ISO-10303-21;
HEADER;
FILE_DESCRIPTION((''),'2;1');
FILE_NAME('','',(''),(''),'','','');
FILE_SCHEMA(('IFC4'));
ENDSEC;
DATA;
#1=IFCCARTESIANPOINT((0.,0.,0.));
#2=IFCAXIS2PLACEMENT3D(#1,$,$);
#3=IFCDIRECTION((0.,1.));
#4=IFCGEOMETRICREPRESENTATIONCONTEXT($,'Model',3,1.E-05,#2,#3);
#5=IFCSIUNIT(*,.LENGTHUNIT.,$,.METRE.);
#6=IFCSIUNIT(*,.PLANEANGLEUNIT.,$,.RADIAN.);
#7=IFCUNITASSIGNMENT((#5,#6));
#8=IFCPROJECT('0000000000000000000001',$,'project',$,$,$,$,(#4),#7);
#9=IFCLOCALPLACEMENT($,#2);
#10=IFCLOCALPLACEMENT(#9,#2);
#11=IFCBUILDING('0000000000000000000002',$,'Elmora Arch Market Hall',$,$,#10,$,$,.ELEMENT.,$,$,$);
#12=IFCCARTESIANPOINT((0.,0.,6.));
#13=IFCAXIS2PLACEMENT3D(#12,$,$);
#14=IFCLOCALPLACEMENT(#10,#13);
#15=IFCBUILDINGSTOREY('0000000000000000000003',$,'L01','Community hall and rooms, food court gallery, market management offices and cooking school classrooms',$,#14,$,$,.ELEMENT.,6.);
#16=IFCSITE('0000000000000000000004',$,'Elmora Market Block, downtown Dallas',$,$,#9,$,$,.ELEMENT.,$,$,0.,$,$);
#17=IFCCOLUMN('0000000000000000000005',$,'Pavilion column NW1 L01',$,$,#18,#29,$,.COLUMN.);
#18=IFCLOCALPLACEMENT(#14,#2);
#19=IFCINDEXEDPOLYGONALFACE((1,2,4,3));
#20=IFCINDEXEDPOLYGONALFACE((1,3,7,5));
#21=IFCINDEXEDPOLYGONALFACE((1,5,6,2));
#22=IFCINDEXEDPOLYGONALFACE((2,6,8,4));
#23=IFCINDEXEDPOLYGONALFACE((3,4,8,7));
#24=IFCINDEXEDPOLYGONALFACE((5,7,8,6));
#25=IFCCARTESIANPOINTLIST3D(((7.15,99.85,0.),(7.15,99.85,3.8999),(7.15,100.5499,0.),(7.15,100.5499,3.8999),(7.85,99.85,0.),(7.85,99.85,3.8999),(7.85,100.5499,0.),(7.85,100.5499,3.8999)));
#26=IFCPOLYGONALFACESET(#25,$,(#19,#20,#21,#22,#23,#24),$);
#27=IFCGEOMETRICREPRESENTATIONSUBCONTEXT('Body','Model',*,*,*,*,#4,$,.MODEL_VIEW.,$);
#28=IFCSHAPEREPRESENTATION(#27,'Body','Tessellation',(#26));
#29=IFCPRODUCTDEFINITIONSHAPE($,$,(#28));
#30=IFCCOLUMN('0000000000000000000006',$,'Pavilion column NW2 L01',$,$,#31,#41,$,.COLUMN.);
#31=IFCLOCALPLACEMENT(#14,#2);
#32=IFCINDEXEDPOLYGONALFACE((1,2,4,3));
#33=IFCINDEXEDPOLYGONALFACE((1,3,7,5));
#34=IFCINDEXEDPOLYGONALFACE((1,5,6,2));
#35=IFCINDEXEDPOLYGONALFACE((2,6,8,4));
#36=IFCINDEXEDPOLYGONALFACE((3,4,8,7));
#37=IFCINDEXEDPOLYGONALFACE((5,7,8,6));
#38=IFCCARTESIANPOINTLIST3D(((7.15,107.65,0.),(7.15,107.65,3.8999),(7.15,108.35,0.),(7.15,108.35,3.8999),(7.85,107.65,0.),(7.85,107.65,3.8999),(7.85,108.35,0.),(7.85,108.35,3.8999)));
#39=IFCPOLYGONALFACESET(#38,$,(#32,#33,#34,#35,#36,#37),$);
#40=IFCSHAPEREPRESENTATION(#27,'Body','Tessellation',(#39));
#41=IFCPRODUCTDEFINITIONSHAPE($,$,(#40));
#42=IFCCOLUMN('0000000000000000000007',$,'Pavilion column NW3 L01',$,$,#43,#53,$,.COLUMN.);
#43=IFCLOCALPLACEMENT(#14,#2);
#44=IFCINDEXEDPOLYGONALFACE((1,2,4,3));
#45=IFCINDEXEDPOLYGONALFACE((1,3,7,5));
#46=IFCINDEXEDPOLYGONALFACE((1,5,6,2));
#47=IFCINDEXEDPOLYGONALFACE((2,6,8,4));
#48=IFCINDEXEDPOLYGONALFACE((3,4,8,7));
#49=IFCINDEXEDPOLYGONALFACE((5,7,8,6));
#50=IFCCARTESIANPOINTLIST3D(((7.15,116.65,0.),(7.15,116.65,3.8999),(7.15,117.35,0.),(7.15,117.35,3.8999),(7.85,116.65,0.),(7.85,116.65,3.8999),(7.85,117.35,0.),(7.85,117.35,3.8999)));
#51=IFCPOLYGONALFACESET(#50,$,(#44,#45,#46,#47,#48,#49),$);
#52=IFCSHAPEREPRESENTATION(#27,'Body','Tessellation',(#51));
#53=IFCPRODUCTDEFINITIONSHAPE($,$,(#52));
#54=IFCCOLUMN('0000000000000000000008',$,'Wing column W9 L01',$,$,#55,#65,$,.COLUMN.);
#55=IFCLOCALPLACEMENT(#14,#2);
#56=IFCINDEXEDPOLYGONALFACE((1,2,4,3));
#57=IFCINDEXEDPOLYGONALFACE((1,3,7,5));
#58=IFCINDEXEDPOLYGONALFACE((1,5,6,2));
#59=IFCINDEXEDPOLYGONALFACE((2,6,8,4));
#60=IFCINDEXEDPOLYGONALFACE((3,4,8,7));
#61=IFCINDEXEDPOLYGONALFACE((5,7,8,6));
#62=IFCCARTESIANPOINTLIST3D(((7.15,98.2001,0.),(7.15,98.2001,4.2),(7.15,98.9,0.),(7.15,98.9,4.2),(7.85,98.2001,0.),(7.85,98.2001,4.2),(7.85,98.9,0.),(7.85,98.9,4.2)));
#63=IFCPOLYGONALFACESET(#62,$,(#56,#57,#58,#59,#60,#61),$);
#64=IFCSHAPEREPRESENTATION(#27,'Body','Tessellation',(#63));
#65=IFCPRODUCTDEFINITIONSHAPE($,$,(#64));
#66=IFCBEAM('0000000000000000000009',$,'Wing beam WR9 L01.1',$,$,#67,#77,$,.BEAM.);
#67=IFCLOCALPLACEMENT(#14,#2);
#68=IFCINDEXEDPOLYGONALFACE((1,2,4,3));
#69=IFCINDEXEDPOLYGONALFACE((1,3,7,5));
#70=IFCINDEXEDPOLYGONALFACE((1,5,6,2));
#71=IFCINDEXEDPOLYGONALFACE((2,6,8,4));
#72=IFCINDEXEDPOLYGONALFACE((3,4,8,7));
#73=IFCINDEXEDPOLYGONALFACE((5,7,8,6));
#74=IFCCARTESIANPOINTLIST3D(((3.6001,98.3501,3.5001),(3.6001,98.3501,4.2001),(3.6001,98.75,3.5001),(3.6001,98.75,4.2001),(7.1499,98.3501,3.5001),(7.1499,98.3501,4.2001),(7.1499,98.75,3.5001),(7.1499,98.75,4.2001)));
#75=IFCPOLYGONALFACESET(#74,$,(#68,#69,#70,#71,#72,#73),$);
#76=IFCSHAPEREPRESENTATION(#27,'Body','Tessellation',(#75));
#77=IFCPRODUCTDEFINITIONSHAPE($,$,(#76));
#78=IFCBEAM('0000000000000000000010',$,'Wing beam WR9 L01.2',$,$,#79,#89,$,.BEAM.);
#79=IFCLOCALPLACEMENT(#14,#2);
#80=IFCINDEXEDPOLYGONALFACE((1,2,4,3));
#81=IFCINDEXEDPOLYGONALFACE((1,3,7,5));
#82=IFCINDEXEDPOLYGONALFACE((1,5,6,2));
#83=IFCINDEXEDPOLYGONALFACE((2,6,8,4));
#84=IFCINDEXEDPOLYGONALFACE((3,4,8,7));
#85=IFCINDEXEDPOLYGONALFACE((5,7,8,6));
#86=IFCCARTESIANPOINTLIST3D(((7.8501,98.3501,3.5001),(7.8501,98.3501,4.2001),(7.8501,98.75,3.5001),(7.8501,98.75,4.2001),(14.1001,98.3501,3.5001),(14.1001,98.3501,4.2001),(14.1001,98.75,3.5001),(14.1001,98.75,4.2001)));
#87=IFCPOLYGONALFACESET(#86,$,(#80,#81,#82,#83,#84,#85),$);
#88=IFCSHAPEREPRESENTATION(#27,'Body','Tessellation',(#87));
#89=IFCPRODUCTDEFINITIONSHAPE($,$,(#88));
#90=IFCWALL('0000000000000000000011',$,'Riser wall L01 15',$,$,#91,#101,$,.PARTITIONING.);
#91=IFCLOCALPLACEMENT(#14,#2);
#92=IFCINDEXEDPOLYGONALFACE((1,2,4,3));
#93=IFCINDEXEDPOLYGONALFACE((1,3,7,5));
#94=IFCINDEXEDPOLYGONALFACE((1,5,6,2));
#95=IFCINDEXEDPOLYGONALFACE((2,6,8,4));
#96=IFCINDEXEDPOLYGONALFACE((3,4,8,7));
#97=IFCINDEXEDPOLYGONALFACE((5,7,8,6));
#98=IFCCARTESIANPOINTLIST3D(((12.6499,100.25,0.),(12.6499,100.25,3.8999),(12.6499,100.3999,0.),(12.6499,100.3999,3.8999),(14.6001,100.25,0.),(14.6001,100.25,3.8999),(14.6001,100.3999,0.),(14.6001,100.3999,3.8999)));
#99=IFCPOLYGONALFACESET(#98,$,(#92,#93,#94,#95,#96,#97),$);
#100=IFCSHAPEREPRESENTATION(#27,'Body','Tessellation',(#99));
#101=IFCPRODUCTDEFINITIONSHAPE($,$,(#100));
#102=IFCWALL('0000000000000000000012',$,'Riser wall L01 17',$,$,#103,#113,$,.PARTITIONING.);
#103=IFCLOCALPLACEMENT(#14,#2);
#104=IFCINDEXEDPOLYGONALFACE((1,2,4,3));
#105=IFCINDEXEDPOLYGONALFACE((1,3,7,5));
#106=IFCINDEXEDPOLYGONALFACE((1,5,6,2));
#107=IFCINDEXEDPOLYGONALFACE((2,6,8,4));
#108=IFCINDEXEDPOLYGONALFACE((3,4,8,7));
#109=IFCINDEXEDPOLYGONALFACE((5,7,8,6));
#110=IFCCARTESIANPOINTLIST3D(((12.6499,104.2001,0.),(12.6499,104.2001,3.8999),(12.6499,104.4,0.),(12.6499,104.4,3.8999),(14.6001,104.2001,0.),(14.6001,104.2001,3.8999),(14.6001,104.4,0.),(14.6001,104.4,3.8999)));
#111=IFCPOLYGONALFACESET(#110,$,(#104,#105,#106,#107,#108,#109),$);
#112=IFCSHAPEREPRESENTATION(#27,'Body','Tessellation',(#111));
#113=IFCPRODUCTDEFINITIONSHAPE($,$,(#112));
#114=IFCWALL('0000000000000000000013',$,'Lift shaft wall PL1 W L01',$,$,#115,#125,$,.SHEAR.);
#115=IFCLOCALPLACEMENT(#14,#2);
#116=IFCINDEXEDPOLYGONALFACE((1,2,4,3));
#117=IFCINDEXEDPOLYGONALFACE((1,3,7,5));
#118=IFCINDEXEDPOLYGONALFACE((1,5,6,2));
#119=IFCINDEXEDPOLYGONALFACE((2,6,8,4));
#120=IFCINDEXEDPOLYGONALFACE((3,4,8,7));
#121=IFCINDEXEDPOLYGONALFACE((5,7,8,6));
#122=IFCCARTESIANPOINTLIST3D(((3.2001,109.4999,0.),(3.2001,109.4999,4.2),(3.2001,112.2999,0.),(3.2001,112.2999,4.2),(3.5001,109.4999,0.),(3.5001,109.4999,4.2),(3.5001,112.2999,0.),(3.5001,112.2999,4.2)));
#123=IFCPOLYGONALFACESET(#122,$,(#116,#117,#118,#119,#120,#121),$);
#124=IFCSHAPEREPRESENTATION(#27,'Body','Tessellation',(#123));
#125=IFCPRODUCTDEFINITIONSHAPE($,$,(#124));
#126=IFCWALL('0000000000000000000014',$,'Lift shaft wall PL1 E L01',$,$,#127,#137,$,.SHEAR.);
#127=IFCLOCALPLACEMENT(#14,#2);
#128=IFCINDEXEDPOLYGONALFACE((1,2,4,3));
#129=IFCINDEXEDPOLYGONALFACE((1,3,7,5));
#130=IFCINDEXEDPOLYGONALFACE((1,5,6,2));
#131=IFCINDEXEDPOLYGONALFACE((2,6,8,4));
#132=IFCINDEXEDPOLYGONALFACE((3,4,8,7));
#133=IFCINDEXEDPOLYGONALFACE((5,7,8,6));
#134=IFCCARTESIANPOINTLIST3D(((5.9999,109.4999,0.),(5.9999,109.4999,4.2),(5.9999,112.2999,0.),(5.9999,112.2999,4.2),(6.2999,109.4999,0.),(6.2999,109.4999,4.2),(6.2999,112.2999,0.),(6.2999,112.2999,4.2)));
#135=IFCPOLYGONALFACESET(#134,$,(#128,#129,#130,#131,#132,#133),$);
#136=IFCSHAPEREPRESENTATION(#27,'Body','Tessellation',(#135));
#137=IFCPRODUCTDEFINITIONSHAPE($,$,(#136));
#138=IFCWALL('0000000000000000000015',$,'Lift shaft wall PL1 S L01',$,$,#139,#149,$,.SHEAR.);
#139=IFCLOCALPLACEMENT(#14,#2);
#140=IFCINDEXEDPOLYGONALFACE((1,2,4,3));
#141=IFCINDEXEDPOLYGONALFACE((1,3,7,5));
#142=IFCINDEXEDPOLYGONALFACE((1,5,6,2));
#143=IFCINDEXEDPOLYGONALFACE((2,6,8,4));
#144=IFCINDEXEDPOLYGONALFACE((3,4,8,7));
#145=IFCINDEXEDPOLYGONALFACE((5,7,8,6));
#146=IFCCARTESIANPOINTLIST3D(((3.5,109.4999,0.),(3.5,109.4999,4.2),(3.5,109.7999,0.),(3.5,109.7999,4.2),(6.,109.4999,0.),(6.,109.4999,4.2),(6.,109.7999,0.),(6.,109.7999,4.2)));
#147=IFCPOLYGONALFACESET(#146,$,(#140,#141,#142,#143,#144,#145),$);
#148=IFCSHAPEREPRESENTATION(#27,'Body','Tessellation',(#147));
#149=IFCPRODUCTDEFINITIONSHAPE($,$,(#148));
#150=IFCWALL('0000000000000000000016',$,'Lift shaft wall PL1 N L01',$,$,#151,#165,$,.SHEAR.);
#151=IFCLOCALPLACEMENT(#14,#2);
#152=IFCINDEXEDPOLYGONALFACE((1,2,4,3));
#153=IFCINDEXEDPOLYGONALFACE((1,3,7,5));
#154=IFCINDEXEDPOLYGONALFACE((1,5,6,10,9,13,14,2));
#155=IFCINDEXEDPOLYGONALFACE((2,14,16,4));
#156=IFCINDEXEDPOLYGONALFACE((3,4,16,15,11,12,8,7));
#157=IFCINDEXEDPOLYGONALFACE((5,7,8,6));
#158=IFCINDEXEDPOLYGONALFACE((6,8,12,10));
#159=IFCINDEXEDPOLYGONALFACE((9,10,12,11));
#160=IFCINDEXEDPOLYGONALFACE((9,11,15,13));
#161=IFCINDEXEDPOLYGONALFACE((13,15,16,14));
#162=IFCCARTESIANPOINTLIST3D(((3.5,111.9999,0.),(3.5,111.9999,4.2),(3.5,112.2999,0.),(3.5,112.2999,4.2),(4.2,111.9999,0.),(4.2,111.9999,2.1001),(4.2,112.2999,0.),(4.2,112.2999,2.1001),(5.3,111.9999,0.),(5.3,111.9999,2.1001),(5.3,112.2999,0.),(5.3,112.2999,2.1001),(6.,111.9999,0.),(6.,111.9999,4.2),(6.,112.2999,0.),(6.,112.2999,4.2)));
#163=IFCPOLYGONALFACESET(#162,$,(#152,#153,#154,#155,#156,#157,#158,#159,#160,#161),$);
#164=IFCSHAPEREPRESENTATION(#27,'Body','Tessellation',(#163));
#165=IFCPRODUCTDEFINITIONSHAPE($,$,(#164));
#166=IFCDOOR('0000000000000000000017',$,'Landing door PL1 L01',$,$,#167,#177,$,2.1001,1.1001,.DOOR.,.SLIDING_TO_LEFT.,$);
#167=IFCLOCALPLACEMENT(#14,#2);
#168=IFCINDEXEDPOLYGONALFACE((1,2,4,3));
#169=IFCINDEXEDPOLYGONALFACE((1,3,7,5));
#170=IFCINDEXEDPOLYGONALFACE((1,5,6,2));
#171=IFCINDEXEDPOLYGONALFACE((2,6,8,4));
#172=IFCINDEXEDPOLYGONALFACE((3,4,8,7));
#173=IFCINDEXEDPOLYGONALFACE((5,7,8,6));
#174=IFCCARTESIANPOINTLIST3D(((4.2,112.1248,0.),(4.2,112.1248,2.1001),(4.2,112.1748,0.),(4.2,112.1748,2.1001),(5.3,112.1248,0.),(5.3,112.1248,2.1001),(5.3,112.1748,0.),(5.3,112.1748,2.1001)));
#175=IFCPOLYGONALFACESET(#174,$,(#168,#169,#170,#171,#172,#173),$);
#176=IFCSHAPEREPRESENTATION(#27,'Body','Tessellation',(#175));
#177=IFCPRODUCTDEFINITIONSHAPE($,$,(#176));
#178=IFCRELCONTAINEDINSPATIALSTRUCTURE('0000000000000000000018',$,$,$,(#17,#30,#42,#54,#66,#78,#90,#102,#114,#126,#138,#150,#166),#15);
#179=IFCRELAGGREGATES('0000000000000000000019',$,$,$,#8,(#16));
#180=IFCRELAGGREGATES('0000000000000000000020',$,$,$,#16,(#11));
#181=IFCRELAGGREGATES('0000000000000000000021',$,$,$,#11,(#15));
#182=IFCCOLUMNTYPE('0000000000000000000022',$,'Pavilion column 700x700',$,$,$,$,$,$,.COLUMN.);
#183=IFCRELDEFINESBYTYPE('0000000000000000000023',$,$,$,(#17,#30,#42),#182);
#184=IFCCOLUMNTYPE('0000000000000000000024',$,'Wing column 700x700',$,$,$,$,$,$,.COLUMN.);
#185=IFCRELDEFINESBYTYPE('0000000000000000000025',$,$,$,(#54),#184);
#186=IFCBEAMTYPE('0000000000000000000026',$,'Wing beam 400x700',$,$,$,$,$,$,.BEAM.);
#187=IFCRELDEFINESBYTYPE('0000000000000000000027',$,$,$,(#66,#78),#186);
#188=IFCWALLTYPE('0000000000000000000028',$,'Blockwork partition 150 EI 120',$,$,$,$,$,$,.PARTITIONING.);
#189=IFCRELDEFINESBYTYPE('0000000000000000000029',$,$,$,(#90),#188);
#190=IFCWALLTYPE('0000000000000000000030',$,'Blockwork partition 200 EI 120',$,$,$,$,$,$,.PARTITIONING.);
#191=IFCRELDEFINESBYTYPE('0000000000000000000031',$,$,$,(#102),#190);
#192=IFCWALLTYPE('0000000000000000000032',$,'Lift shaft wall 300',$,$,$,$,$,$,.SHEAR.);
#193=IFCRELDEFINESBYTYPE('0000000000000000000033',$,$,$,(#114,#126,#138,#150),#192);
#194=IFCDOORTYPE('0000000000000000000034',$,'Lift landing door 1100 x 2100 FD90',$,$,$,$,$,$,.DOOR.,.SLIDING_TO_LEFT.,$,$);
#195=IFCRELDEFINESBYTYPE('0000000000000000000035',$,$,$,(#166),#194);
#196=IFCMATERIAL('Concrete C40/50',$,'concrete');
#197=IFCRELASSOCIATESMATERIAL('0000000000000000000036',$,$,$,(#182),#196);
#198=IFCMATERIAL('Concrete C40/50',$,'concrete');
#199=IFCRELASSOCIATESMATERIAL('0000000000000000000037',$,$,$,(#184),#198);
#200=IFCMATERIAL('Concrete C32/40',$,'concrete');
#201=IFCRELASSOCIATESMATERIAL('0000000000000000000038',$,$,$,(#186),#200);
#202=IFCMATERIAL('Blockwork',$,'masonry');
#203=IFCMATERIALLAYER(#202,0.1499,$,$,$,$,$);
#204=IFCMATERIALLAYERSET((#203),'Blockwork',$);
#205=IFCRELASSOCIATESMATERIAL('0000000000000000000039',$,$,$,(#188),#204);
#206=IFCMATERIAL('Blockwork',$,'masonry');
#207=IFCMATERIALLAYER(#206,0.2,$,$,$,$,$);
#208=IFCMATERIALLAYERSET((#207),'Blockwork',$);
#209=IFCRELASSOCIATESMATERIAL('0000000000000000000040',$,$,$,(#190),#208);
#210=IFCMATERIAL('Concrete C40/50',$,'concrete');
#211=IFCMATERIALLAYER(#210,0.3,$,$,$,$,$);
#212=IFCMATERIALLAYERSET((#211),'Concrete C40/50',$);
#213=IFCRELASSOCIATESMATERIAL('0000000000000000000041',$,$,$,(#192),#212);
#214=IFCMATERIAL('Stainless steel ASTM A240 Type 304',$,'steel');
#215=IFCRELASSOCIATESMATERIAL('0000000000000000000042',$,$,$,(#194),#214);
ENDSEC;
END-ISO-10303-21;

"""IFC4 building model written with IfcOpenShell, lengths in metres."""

from ifc_helpers import new_model, si_unit, direction, frame, frame_2d, origin, origin_2d, place, context, subcontext, project, spatial, rectangle, extrude, material, layer, layer_set, material_profile, profile_set, type_object, element, fill, save


model = new_model("IFC4")

# Units and contexts
model_context = context("Model", 3, precision=1e-05, world=origin(), true_north=direction((0.0, 1.0)))
body_context = subcontext(model_context, "Body", "Model", "MODEL_VIEW")
ifc_project = project(units=[si_unit("LENGTHUNIT", "METRE"), si_unit("PLANEANGLEUNIT", "RADIAN")], contexts=[model_context])

# Site, building, storey
site_placement = place(None, origin())
site = spatial("IfcSite", under=ifc_project, at=site_placement, Name="Elmora Market Block, downtown Dallas", CompositionType="ELEMENT", RefElevation=0.0)
building_placement = place(site_placement, origin())
building = spatial("IfcBuilding", under=site, at=building_placement, Name="Elmora Arch Market Hall", CompositionType="ELEMENT")
storey_placement = place(building_placement, frame((0.0, 0.0, 6.0)))
storey = spatial("IfcBuildingStorey", under=building, at=storey_placement, Name="L01", Description="Community hall and rooms, food court gallery, market management offices and cooking school classrooms", CompositionType="ELEMENT", Elevation=6.0)

# Columns
ifc_material_1 = material(Name="Concrete C40/50", Category="concrete")
ifc_material_profile_1 = material_profile(ifc_material_1, rectangle(XDim=0.7, YDim=0.7, at=origin_2d()), Name="Pavilion column 700x700")
ifc_profile_set_1 = profile_set([ifc_material_profile_1], Name="Concrete C40/50")
column_type_1 = type_object("IfcColumnType", Name="Pavilion column 700x700", PredefinedType="COLUMN", material=ifc_profile_set_1)
for number, where, z_axis, x_axis, name in (
    (1, (7.5, 100.2, 0.0), (0.0, 0.0, 1.0), (1.0, 0.0, 0.0), "Pavilion column NW1 L01"),
    (2, (7.5, 108.0, 0.0), (0.0, 0.0, 1.0), (1.0, 0.0, 0.0), "Pavilion column NW2 L01"),
    (3, (7.5, 117.0, 0.0), (0.0, 0.0, 1.0), (1.0, 0.0, 0.0), "Pavilion column NW3 L01"),
):
    element("IfcColumn", number, at=place(storey_placement, frame(where, z_axis=z_axis, x_axis=x_axis)), inside=storey, type_object=column_type_1, Name=name, PredefinedType="COLUMN", context=body_context, shape_type="SweptSolid", body=[
        extrude(rectangle(XDim=0.7, YDim=0.7, at=origin_2d()), origin(), (0.0, 0.0, 1.0), 3.8999),
    ])
ifc_material_2 = material(Name="Concrete C40/50", Category="concrete")
ifc_material_profile_2 = material_profile(ifc_material_2, rectangle(XDim=0.7, YDim=0.7, at=origin_2d()), Name="Wing column 700x700")
ifc_profile_set_2 = profile_set([ifc_material_profile_2], Name="Concrete C40/50")
column_type_2 = type_object("IfcColumnType", Name="Wing column 700x700", PredefinedType="COLUMN", material=ifc_profile_set_2)
column_placement = place(storey_placement, frame((7.5, 98.55, 0.0), z_axis=(0.0, 0.0, 1.0), x_axis=(1.0, 0.0, 0.0)))
element("IfcColumn", 4, at=column_placement, inside=storey, type_object=column_type_2, Name="Wing column W9 L01", PredefinedType="COLUMN", context=body_context, shape_type="SweptSolid", body=[
    extrude(rectangle(XDim=0.7, YDim=0.7, at=origin_2d()), origin(), (0.0, 0.0, 1.0), 4.2),
])

# Beams
ifc_material_3 = material(Name="Concrete C32/40", Category="concrete")
ifc_material_profile_3 = material_profile(ifc_material_3, rectangle(XDim=0.3999, YDim=0.7, at=origin_2d()), Name="Wing beam 400x700")
ifc_profile_set_3 = profile_set([ifc_material_profile_3], Name="Concrete C32/40")
beam_type = type_object("IfcBeamType", Name="Wing beam 400x700", PredefinedType="BEAM", material=ifc_profile_set_3)
beam_1_placement = place(storey_placement, frame((3.6001, 98.55, 3.8501), z_axis=(1.0, 0.0, 0.0), x_axis=(0.0, 1.0, 0.0)))
element("IfcBeam", 5, at=beam_1_placement, inside=storey, type_object=beam_type, Name="Wing beam WR9 L01.1", PredefinedType="BEAM", context=body_context, shape_type="SweptSolid", body=[
    extrude(rectangle(XDim=0.3999, YDim=0.7, at=origin_2d()), origin(), (0.0, 0.0, 1.0), 3.5498),
])
beam_2_placement = place(storey_placement, frame((7.8501, 98.55, 3.8501), z_axis=(1.0, 0.0, 0.0), x_axis=(0.0, 1.0, 0.0)))
element("IfcBeam", 6, at=beam_2_placement, inside=storey, type_object=beam_type, Name="Wing beam WR9 L01.2", PredefinedType="BEAM", context=body_context, shape_type="SweptSolid", body=[
    extrude(rectangle(XDim=0.3999, YDim=0.7, at=origin_2d()), origin(), (0.0, 0.0, 1.0), 6.25),
])

# Walls
ifc_material_4 = material(Name="Blockwork", Category="masonry")
ifc_layer_1 = layer(ifc_material_4, 0.1499)
ifc_layer_set_1 = layer_set([ifc_layer_1], Name="Blockwork")
wall_type_1 = type_object("IfcWallType", Name="Blockwork partition 150 EI 120", PredefinedType="PARTITIONING", material=ifc_layer_set_1)
wall_1_placement = place(storey_placement, frame((12.6499, 100.325, 0.0), z_axis=(0.0, 0.0, 1.0), x_axis=(1.0, 0.0, 0.0)))
element("IfcWall", 7, at=wall_1_placement, inside=storey, type_object=wall_type_1, Name="Riser wall L01 15", PredefinedType="PARTITIONING", context=body_context, shape_type="SweptSolid", body=[
    extrude(rectangle(XDim=1.9502, YDim=0.1499, at=frame_2d((0.9751, 0.0))), origin(), (0.0, 0.0, 1.0), 3.8999),
])
ifc_material_5 = material(Name="Blockwork", Category="masonry")
ifc_layer_2 = layer(ifc_material_5, 0.2)
ifc_layer_set_2 = layer_set([ifc_layer_2], Name="Blockwork")
wall_type_2 = type_object("IfcWallType", Name="Blockwork partition 200 EI 120", PredefinedType="PARTITIONING", material=ifc_layer_set_2)
wall_2_placement = place(storey_placement, frame((12.6499, 104.3, 0.0), z_axis=(0.0, 0.0, 1.0), x_axis=(1.0, 0.0, 0.0)))
element("IfcWall", 8, at=wall_2_placement, inside=storey, type_object=wall_type_2, Name="Riser wall L01 17", PredefinedType="PARTITIONING", context=body_context, shape_type="SweptSolid", body=[
    extrude(rectangle(XDim=1.9502, YDim=0.2, at=frame_2d((0.9751, 0.0))), origin(), (0.0, 0.0, 1.0), 3.8999),
])
ifc_material_6 = material(Name="Concrete C40/50", Category="concrete")
ifc_layer_3 = layer(ifc_material_6, 0.3)
ifc_layer_set_3 = layer_set([ifc_layer_3], Name="Concrete C40/50")
wall_type_3 = type_object("IfcWallType", Name="Lift shaft wall 300", PredefinedType="SHEAR", material=ifc_layer_set_3)
for number, where, z_axis, x_axis, name in (
    (9, (3.3501, 109.5, 0.0), (0.0, 0.0, 1.0), (0.0, 1.0, 0.0), "Lift shaft wall PL1 W L01"),
    (10, (6.1499, 109.5, 0.0), (0.0, 0.0, 1.0), (0.0, 1.0, 0.0), "Lift shaft wall PL1 E L01"),
):
    element("IfcWall", number, at=place(storey_placement, frame(where, z_axis=z_axis, x_axis=x_axis)), inside=storey, type_object=wall_type_3, Name=name, PredefinedType="SHEAR", context=body_context, shape_type="SweptSolid", body=[
        extrude(rectangle(XDim=2.8, YDim=0.3, at=frame_2d((1.3999, 0.0))), origin(), (0.0, 0.0, 1.0), 4.2),
    ])
wall_3_placement = place(storey_placement, frame((3.5, 109.6499, 0.0), z_axis=(0.0, 0.0, 1.0), x_axis=(1.0, 0.0, 0.0)))
element("IfcWall", 11, at=wall_3_placement, inside=storey, type_object=wall_type_3, Name="Lift shaft wall PL1 S L01", PredefinedType="SHEAR", context=body_context, shape_type="SweptSolid", body=[
    extrude(rectangle(XDim=2.5, YDim=0.3, at=frame_2d((1.25, 0.0))), origin(), (0.0, 0.0, 1.0), 4.2),
])

# Wall, opening, door
wall_4_placement = place(storey_placement, frame((3.5, 112.1499, 0.0), z_axis=(0.0, 0.0, 1.0), x_axis=(1.0, 0.0, 0.0)))
wall_4 = element("IfcWall", 12, at=wall_4_placement, inside=storey, type_object=wall_type_3, Name="Lift shaft wall PL1 N L01", PredefinedType="SHEAR", context=body_context, shape_type="SweptSolid", body=[
    extrude(rectangle(XDim=2.5, YDim=0.3, at=frame_2d((1.25, 0.0))), origin(), (0.0, 0.0, 1.0), 4.2),
])
opening_1_placement = place(wall_4_placement, frame((0.7, 0.0, 0.0)))
opening_1 = element("IfcOpeningElement", 13, at=opening_1_placement, cuts=wall_4, PredefinedType="OPENING", context=body_context, shape_type="SweptSolid", body=[
    extrude(rectangle(XDim=1.1001, YDim=2.1001, at=frame_2d((0.55, 1.05))), frame((0.0, 0.1599, 0.0), z_axis=(0.0, -1.0, 0.0), x_axis=(1.0, 0.0, 0.0)), (0.0, 0.0, 1.0), 0.3201),
])
ifc_material_7 = material(Name="Stainless steel ASTM A240 Type 304", Category="steel")
door_type_1 = type_object("IfcDoorType", Name="Lift landing door 1100 x 2100 FD90", OperationType="SLIDING_TO_LEFT", PredefinedType="DOOR", material=ifc_material_7)
door_1_placement = place(opening_1_placement, origin())
door_1 = element("IfcDoor", 14, at=door_1_placement, inside=storey, type_object=door_type_1, Name="Landing door PL1 L01", OperationType="SLIDING_TO_LEFT", OverallHeight=2.1001, OverallWidth=1.1001, PredefinedType="DOOR", context=body_context, shape_type="SweptSolid", body=[
    extrude(rectangle(XDim=1.1001, YDim=2.1001, at=frame_2d((0.55, 1.05))), frame((0.0, 0.0249, 0.0), z_axis=(0.0, -1.0, 0.0), x_axis=(1.0, 0.0, 0.0)), (0.0, 0.0, 1.0), 0.05),
])
fill(opening_1, door_1)

save(model, "model.ifc")
